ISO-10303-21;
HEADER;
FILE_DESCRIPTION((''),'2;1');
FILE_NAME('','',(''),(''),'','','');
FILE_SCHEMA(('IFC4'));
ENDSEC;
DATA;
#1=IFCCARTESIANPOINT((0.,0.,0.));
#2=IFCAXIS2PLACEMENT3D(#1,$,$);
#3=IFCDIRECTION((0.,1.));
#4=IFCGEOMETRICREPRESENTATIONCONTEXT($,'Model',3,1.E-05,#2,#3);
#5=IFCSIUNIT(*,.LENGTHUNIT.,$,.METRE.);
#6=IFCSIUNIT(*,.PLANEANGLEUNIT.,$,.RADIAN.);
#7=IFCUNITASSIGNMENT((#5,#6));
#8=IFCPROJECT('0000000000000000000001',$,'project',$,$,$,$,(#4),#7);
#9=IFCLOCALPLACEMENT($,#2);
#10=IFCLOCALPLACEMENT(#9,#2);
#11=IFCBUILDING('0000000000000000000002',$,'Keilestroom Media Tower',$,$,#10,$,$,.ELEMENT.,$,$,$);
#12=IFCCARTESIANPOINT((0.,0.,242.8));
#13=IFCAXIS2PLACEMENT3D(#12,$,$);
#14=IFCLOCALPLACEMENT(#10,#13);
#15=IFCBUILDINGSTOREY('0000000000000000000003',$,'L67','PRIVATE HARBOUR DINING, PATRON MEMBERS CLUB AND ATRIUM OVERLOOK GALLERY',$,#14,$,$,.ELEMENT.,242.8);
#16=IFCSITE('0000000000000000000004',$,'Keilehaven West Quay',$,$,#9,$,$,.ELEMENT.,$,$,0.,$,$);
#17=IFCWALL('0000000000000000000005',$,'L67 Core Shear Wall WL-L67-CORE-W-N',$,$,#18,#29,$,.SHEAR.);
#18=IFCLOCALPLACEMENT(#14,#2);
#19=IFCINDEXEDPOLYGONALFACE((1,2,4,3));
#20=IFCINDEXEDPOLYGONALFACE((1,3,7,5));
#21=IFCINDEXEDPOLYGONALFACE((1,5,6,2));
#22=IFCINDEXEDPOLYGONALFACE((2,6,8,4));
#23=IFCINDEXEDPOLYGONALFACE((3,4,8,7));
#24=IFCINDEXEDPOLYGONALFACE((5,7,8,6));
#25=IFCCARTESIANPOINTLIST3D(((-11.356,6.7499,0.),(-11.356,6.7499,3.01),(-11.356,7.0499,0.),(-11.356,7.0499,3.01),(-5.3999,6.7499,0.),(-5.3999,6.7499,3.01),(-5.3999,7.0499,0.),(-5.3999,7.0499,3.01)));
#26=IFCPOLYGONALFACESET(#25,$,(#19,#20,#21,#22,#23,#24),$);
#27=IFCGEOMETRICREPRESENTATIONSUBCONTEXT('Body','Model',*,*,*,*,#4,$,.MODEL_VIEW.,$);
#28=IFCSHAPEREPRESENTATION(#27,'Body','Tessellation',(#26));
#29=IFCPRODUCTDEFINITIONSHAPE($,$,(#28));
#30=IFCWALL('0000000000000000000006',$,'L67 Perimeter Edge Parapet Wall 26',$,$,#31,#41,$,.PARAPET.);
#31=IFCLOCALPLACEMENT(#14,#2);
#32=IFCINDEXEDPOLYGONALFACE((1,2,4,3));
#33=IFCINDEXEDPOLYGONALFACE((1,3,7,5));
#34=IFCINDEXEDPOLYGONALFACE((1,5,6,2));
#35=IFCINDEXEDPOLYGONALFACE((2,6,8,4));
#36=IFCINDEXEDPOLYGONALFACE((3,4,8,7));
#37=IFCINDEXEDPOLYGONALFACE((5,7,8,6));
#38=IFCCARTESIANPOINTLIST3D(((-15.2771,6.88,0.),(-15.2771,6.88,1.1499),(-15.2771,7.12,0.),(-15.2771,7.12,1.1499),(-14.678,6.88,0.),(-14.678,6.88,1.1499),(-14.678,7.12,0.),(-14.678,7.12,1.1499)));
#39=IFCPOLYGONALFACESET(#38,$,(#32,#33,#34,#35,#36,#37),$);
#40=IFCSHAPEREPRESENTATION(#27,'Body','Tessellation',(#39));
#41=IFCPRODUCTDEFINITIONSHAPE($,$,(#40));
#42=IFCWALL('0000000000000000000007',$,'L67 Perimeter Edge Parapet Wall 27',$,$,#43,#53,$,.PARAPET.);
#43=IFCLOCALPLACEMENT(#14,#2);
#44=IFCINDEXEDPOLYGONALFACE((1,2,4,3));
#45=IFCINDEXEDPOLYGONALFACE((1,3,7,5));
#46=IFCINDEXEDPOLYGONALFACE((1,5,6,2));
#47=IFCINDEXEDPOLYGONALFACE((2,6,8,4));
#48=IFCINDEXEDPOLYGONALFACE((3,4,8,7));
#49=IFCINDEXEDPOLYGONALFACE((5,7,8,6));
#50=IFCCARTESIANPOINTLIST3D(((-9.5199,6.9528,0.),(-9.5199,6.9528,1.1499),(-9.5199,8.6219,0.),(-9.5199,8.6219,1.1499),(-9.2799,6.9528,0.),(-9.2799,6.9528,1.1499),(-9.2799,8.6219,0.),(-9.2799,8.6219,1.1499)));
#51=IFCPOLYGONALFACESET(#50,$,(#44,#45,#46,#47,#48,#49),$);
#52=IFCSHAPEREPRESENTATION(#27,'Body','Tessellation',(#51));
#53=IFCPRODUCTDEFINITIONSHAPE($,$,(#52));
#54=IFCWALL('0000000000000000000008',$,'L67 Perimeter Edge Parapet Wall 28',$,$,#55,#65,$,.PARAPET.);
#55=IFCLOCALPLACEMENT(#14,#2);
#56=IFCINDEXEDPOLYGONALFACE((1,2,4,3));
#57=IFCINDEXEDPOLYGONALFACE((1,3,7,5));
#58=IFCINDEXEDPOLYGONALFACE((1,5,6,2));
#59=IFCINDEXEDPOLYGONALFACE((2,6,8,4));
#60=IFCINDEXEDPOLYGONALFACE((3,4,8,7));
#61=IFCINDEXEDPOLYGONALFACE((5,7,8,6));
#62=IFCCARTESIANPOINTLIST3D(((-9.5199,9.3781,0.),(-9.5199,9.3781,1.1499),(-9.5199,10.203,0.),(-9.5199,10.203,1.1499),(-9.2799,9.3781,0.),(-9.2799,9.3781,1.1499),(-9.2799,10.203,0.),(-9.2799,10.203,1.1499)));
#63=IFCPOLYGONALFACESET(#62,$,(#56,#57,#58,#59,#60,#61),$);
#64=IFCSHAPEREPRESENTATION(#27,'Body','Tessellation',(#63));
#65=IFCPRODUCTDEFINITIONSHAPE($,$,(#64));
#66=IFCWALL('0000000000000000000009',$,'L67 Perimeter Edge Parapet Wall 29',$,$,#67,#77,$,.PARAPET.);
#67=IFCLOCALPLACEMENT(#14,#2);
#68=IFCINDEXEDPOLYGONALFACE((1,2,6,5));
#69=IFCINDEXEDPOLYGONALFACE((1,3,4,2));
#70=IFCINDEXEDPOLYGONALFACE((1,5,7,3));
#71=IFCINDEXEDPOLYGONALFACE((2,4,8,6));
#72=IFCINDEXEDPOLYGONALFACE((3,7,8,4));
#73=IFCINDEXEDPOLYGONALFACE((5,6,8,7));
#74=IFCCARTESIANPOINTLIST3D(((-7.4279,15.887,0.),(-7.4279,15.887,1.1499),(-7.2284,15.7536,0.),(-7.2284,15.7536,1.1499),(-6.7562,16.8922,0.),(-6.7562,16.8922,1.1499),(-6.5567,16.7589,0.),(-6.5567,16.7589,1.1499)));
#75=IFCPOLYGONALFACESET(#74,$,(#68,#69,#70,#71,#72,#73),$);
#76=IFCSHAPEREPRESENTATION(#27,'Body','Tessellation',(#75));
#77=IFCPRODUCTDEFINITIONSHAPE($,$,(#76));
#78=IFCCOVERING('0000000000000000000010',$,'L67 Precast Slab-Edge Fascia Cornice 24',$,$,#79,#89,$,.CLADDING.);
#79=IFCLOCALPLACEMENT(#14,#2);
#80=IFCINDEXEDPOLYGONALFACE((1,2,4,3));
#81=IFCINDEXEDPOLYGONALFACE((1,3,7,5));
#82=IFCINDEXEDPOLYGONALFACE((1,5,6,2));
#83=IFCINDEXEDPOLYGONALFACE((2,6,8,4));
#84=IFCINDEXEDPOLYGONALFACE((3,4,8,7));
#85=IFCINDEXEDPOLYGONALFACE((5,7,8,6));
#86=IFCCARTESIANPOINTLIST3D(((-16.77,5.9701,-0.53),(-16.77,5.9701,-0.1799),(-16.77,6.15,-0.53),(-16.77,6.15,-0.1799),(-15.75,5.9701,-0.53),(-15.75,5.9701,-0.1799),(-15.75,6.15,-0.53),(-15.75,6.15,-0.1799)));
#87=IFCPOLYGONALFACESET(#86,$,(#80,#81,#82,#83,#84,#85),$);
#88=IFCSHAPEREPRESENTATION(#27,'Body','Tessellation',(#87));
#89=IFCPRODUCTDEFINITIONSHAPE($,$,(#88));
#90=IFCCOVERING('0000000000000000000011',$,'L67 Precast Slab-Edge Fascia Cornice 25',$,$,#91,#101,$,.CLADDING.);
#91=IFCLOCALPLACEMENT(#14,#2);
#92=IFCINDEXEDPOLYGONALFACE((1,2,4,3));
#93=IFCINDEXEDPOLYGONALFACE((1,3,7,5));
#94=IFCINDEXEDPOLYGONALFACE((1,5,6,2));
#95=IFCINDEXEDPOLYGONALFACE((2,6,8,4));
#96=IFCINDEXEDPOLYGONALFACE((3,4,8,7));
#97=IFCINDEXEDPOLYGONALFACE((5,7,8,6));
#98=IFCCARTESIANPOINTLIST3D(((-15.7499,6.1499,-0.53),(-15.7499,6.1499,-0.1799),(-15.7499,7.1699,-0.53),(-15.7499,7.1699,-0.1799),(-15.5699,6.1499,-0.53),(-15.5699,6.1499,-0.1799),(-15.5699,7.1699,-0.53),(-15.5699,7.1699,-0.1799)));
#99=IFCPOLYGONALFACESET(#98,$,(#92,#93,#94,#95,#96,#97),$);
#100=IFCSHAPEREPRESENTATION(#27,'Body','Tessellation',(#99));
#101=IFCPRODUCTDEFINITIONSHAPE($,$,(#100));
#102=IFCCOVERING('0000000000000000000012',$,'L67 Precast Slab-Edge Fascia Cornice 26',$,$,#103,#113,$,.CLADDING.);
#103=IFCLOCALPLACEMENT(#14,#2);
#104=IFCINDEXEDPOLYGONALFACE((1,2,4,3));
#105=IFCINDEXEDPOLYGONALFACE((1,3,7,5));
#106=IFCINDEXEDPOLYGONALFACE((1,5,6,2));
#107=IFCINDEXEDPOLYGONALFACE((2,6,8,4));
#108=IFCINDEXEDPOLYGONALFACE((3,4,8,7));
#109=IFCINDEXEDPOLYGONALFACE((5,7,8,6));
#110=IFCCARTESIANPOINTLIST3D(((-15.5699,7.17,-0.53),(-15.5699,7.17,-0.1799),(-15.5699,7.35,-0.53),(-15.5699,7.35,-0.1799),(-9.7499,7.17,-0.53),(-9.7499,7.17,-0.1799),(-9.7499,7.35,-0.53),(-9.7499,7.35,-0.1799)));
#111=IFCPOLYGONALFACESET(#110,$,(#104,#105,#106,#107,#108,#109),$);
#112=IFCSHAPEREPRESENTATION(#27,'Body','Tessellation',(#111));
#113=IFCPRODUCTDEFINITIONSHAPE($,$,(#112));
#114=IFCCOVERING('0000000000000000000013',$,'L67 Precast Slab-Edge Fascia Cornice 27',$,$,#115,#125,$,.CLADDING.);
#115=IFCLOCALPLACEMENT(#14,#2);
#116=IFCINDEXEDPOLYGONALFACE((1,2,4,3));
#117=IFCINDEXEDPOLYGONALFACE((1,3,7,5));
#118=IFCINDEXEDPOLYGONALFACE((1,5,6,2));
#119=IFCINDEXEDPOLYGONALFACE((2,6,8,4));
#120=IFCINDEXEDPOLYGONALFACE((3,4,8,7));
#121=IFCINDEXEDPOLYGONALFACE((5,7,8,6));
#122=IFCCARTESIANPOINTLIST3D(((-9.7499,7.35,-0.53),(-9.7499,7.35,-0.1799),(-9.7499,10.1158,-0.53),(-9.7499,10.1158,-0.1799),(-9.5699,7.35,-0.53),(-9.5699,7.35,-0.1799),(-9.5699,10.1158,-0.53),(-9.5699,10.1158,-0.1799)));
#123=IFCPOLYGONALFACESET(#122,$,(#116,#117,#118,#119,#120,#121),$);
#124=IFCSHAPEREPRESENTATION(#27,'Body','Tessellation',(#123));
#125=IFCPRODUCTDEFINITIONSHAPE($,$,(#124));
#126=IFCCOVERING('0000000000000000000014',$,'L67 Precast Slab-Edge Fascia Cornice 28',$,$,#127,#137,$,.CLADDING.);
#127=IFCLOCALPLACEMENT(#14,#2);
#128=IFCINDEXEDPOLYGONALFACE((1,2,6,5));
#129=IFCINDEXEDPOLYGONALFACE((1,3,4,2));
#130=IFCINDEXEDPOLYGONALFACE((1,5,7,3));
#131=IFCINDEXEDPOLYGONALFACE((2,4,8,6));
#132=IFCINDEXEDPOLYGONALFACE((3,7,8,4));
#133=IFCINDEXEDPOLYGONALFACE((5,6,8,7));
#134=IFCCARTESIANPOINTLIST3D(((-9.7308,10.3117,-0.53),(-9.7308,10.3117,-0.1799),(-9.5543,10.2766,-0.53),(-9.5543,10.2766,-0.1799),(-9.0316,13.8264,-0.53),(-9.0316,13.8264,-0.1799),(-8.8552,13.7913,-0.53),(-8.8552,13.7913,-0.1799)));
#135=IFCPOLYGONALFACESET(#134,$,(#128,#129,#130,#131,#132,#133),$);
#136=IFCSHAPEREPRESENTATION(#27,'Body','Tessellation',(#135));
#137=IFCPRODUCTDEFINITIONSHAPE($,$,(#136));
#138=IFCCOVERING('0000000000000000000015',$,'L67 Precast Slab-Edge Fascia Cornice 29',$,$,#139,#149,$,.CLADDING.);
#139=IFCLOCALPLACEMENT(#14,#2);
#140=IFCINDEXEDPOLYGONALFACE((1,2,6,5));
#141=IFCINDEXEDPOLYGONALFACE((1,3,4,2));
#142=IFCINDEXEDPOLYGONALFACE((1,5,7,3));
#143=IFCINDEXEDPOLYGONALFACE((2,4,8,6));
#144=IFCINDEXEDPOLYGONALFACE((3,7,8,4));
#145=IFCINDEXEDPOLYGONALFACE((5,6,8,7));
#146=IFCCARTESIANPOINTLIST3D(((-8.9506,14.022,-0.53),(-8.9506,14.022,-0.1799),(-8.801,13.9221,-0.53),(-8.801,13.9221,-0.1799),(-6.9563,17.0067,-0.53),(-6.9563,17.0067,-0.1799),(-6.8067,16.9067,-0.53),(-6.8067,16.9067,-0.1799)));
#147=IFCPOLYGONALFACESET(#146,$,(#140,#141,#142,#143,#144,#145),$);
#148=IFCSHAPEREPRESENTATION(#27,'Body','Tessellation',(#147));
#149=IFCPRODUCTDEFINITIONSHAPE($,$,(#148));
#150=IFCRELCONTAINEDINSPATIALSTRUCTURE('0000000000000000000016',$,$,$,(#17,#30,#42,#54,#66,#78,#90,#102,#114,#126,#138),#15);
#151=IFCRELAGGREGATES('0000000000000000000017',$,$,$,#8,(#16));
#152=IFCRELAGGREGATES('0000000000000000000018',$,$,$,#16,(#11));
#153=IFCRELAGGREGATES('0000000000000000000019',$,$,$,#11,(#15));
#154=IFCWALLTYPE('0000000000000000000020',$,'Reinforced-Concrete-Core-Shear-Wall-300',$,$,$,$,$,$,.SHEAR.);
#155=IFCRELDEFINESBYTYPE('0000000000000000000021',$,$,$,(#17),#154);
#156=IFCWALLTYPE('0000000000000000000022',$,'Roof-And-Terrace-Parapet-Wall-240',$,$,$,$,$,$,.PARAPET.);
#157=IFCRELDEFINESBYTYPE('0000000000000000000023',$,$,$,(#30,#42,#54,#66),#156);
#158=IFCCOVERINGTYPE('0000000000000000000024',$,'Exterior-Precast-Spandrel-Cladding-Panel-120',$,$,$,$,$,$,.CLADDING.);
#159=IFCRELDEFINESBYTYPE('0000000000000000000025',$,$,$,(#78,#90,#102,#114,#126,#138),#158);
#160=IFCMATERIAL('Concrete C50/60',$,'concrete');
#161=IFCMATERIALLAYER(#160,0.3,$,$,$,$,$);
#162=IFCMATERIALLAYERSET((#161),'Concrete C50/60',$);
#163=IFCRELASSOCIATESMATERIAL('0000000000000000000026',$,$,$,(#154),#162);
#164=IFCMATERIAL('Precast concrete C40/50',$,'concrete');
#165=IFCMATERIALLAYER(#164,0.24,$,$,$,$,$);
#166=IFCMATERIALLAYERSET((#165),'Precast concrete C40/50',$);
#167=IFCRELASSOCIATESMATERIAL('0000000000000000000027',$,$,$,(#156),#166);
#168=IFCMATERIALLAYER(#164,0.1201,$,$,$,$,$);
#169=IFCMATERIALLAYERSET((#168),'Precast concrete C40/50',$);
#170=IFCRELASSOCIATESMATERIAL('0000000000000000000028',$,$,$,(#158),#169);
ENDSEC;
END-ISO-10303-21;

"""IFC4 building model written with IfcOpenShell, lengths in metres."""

from ifc_helpers import new_model, si_unit, direction, frame, frame_2d, origin, origin_2d, place, context, subcontext, project, spatial, rectangle, extrude, source, transform, mapped, material, layer, layer_set, type_object, element, save


model = new_model("IFC4")

# Units and contexts
model_context = context("Model", 3, precision=1e-05, world=origin(), true_north=direction((0.0, 1.0)))
body_context = subcontext(model_context, "Body", "Model", "MODEL_VIEW")
ifc_project = project(units=[si_unit("LENGTHUNIT", "METRE"), si_unit("PLANEANGLEUNIT", "RADIAN")], contexts=[model_context])

# Site, building, storey
site_placement = place(None, origin())
site = spatial("IfcSite", under=ifc_project, at=site_placement, Name="Keilehaven West Quay", CompositionType="ELEMENT", RefElevation=0.0)
building_placement = place(site_placement, origin())
building = spatial("IfcBuilding", under=site, at=building_placement, Name="Keilestroom Media Tower", CompositionType="ELEMENT")
storey_placement = place(building_placement, frame((0.0, 0.0, 242.8)))
storey = spatial("IfcBuildingStorey", under=building, at=storey_placement, Name="L67", Description="PRIVATE HARBOUR DINING, PATRON MEMBERS CLUB AND ATRIUM OVERLOOK GALLERY", CompositionType="ELEMENT", Elevation=242.8)

# Shared definitions
ifc_material_1 = material(Name="Precast concrete C40/50", Category="concrete")
ifc_material_2 = material(Name="Concrete C50/60", Category="concrete")

# Walls
ifc_layer_1 = layer(ifc_material_2, 0.3)
ifc_layer_set_1 = layer_set([ifc_layer_1], Name="Concrete C50/60")
wall_type_1 = type_object("IfcWallType", Name="Reinforced-Concrete-Core-Shear-Wall-300", PredefinedType="SHEAR", material=ifc_layer_set_1)
wall_1_placement = place(storey_placement, frame((-11.356, 6.8999, 0.0), z_axis=(0.0, 0.0, 1.0), x_axis=(1.0, 0.0, 0.0)))
element("IfcWall", 1, at=wall_1_placement, inside=storey, type_object=wall_type_1, Name="L67 Core Shear Wall WL-L67-CORE-W-N", PredefinedType="SHEAR", context=body_context, shape_type="SweptSolid", body=[
    extrude(rectangle(XDim=5.9561, YDim=0.3, at=frame_2d((2.978, 0.0))), origin(), (0.0, 0.0, 1.0), 3.01),
])
ifc_layer_2 = layer(ifc_material_1, 0.24)
ifc_layer_set_2 = layer_set([ifc_layer_2], Name="Precast concrete C40/50")
wall_type_2 = type_object("IfcWallType", Name="Roof-And-Terrace-Parapet-Wall-240", PredefinedType="PARAPET", material=ifc_layer_set_2)
wall_2_placement = place(storey_placement, frame((-15.2771, 7.0, 0.0), z_axis=(0.0, 0.0, 1.0), x_axis=(1.0, 0.0, 0.0)))
element("IfcWall", 2, at=wall_2_placement, inside=storey, type_object=wall_type_2, Name="L67 Perimeter Edge Parapet Wall 26", PredefinedType="PARAPET", context=body_context, shape_type="SweptSolid", body=[
    extrude(rectangle(XDim=0.5991, YDim=0.24, at=frame_2d((0.2996, 0.0))), origin(), (0.0, 0.0, 1.0), 1.1499),
])
wall_3_placement = place(storey_placement, frame((-9.3999, 6.9529, 0.0), z_axis=(0.0, 0.0, 1.0), x_axis=(0.0, 1.0, 0.0)))
element("IfcWall", 3, at=wall_3_placement, inside=storey, type_object=wall_type_2, Name="L67 Perimeter Edge Parapet Wall 27", PredefinedType="PARAPET", context=body_context, shape_type="SweptSolid", body=[
    extrude(rectangle(XDim=1.6692, YDim=0.24, at=frame_2d((0.8345, 0.0))), origin(), (0.0, 0.0, 1.0), 1.1499),
])
wall_4_placement = place(storey_placement, frame((-9.3999, 9.3779, 0.0), z_axis=(0.0, 0.0, 1.0), x_axis=(0.0, 1.0, 0.0)))
element("IfcWall", 4, at=wall_4_placement, inside=storey, type_object=wall_type_2, Name="L67 Perimeter Edge Parapet Wall 28", PredefinedType="PARAPET", context=body_context, shape_type="SweptSolid", body=[
    extrude(rectangle(XDim=0.825, YDim=0.24, at=frame_2d((0.4126, 0.0))), origin(), (0.0, 0.0, 1.0), 1.1499),
])
wall_5_placement = place(storey_placement, frame((-7.3281, 15.8203, 0.0), z_axis=(0.0, 0.0, 1.0), x_axis=(0.555585, 0.831459, 0.0)))
element("IfcWall", 5, at=wall_5_placement, inside=storey, type_object=wall_type_2, Name="L67 Perimeter Edge Parapet Wall 29", PredefinedType="PARAPET", context=body_context, shape_type="SweptSolid", body=[
    extrude(rectangle(XDim=1.209, YDim=0.24, at=frame_2d((0.6045, 0.0))), origin(), (0.0, 0.0, 1.0), 1.1499),
])

# Coverings
ifc_layer_3 = layer(ifc_material_1, 0.1201)
ifc_layer_set_3 = layer_set([ifc_layer_3], Name="Precast concrete C40/50")
covering_type = type_object("IfcCoveringType", Name="Exterior-Precast-Spandrel-Cladding-Panel-120", PredefinedType="CLADDING", material=ifc_layer_set_3)
shared_shape_1 = source(origin(), body_context, "Body", "SweptSolid", [
    extrude(rectangle(XDim=1.02, YDim=0.1799, at=origin_2d()), origin(), (0.0, 0.0, 1.0), 0.3501),
])
for number, where, z_axis, x_axis, name in (
    (6, (-16.26, 6.0601, -0.53), (0.0, 0.0, 1.0), (1.0, 0.0, 0.0), "L67 Precast Slab-Edge Fascia Cornice 24"),
    (7, (-15.6599, 6.6599, -0.53), (0.0, 0.0, 1.0), (0.0, 1.0, 0.0), "L67 Precast Slab-Edge Fascia Cornice 25"),
):
    element("IfcCovering", number, at=place(storey_placement, frame(where, z_axis=z_axis, x_axis=x_axis)), inside=storey, type_object=covering_type, Name=name, PredefinedType="CLADDING", context=body_context, shape_type="MappedRepresentation", body=[
        mapped(shared_shape_1, transform((0.0, 0.0, 0.0), x_axis=(1.0, 0.0, 0.0), y_axis=(0.0, 1.0, 0.0), z_axis=(0.0, 0.0, 1.0), scale=1.0)),
    ])
shared_shape_2 = source(origin(), body_context, "Body", "SweptSolid", [
    extrude(rectangle(XDim=5.8201, YDim=0.1799, at=origin_2d()), origin(), (0.0, 0.0, 1.0), 0.3501),
])
covering_1_placement = place(storey_placement, frame((-12.6599, 7.26, -0.53), z_axis=(0.0, 0.0, 1.0), x_axis=(1.0, 0.0, 0.0)))
element("IfcCovering", 8, at=covering_1_placement, inside=storey, type_object=covering_type, Name="L67 Precast Slab-Edge Fascia Cornice 26", PredefinedType="CLADDING", context=body_context, shape_type="MappedRepresentation", body=[
    mapped(shared_shape_2, transform((0.0, 0.0, 0.0), x_axis=(1.0, 0.0, 0.0), y_axis=(0.0, 1.0, 0.0), z_axis=(0.0, 0.0, 1.0), scale=1.0)),
])
shared_shape_3 = source(origin(), body_context, "Body", "SweptSolid", [
    extrude(rectangle(XDim=2.7659, YDim=0.1799, at=origin_2d()), origin(), (0.0, 0.0, 1.0), 0.3501),
])
covering_2_placement = place(storey_placement, frame((-9.6599, 8.7329, -0.53), z_axis=(0.0, 0.0, 1.0), x_axis=(0.0, 1.0, 0.0)))
element("IfcCovering", 9, at=covering_2_placement, inside=storey, type_object=covering_type, Name="L67 Precast Slab-Edge Fascia Cornice 27", PredefinedType="CLADDING", context=body_context, shape_type="MappedRepresentation", body=[
    mapped(shared_shape_3, transform((0.0, 0.0, 0.0), x_axis=(1.0, 0.0, 0.0), y_axis=(0.0, 1.0, 0.0), z_axis=(0.0, 0.0, 1.0), scale=1.0)),
])
shared_shape_4 = source(origin(), body_context, "Body", "SweptSolid", [
    extrude(rectangle(XDim=3.5835, YDim=0.1799, at=origin_2d()), origin(), (0.0, 0.0, 1.0), 0.3501),
])
covering_3_placement = place(storey_placement, frame((-9.293, 12.0515, -0.53), z_axis=(0.0, 0.0, 1.0), x_axis=(0.195099, 0.980784, 0.0)))
element("IfcCovering", 10, at=covering_3_placement, inside=storey, type_object=covering_type, Name="L67 Precast Slab-Edge Fascia Cornice 28", PredefinedType="CLADDING", context=body_context, shape_type="MappedRepresentation", body=[
    mapped(shared_shape_4, transform((0.0, 0.0, 0.0), x_axis=(1.0, 0.0, 0.0), y_axis=(0.0, 1.0, 0.0), z_axis=(0.0, 0.0, 1.0), scale=1.0)),
])
shared_shape_5 = source(origin(), body_context, "Body", "SweptSolid", [
    extrude(rectangle(XDim=3.5896, YDim=0.1799, at=origin_2d()), origin(), (0.0, 0.0, 1.0), 0.3501),
])
covering_4_placement = place(storey_placement, frame((-7.8787, 15.4644, -0.53), z_axis=(0.0, 0.0, 1.0), x_axis=(0.555575, 0.831467, 0.0)))
element("IfcCovering", 11, at=covering_4_placement, inside=storey, type_object=covering_type, Name="L67 Precast Slab-Edge Fascia Cornice 29", PredefinedType="CLADDING", context=body_context, shape_type="MappedRepresentation", body=[
    mapped(shared_shape_5, transform((0.0, 0.0, 0.0), x_axis=(1.0, 0.0, 0.0), y_axis=(0.0, 1.0, 0.0), z_axis=(0.0, 0.0, 1.0), scale=1.0)),
])

save(model, "model.ifc")
